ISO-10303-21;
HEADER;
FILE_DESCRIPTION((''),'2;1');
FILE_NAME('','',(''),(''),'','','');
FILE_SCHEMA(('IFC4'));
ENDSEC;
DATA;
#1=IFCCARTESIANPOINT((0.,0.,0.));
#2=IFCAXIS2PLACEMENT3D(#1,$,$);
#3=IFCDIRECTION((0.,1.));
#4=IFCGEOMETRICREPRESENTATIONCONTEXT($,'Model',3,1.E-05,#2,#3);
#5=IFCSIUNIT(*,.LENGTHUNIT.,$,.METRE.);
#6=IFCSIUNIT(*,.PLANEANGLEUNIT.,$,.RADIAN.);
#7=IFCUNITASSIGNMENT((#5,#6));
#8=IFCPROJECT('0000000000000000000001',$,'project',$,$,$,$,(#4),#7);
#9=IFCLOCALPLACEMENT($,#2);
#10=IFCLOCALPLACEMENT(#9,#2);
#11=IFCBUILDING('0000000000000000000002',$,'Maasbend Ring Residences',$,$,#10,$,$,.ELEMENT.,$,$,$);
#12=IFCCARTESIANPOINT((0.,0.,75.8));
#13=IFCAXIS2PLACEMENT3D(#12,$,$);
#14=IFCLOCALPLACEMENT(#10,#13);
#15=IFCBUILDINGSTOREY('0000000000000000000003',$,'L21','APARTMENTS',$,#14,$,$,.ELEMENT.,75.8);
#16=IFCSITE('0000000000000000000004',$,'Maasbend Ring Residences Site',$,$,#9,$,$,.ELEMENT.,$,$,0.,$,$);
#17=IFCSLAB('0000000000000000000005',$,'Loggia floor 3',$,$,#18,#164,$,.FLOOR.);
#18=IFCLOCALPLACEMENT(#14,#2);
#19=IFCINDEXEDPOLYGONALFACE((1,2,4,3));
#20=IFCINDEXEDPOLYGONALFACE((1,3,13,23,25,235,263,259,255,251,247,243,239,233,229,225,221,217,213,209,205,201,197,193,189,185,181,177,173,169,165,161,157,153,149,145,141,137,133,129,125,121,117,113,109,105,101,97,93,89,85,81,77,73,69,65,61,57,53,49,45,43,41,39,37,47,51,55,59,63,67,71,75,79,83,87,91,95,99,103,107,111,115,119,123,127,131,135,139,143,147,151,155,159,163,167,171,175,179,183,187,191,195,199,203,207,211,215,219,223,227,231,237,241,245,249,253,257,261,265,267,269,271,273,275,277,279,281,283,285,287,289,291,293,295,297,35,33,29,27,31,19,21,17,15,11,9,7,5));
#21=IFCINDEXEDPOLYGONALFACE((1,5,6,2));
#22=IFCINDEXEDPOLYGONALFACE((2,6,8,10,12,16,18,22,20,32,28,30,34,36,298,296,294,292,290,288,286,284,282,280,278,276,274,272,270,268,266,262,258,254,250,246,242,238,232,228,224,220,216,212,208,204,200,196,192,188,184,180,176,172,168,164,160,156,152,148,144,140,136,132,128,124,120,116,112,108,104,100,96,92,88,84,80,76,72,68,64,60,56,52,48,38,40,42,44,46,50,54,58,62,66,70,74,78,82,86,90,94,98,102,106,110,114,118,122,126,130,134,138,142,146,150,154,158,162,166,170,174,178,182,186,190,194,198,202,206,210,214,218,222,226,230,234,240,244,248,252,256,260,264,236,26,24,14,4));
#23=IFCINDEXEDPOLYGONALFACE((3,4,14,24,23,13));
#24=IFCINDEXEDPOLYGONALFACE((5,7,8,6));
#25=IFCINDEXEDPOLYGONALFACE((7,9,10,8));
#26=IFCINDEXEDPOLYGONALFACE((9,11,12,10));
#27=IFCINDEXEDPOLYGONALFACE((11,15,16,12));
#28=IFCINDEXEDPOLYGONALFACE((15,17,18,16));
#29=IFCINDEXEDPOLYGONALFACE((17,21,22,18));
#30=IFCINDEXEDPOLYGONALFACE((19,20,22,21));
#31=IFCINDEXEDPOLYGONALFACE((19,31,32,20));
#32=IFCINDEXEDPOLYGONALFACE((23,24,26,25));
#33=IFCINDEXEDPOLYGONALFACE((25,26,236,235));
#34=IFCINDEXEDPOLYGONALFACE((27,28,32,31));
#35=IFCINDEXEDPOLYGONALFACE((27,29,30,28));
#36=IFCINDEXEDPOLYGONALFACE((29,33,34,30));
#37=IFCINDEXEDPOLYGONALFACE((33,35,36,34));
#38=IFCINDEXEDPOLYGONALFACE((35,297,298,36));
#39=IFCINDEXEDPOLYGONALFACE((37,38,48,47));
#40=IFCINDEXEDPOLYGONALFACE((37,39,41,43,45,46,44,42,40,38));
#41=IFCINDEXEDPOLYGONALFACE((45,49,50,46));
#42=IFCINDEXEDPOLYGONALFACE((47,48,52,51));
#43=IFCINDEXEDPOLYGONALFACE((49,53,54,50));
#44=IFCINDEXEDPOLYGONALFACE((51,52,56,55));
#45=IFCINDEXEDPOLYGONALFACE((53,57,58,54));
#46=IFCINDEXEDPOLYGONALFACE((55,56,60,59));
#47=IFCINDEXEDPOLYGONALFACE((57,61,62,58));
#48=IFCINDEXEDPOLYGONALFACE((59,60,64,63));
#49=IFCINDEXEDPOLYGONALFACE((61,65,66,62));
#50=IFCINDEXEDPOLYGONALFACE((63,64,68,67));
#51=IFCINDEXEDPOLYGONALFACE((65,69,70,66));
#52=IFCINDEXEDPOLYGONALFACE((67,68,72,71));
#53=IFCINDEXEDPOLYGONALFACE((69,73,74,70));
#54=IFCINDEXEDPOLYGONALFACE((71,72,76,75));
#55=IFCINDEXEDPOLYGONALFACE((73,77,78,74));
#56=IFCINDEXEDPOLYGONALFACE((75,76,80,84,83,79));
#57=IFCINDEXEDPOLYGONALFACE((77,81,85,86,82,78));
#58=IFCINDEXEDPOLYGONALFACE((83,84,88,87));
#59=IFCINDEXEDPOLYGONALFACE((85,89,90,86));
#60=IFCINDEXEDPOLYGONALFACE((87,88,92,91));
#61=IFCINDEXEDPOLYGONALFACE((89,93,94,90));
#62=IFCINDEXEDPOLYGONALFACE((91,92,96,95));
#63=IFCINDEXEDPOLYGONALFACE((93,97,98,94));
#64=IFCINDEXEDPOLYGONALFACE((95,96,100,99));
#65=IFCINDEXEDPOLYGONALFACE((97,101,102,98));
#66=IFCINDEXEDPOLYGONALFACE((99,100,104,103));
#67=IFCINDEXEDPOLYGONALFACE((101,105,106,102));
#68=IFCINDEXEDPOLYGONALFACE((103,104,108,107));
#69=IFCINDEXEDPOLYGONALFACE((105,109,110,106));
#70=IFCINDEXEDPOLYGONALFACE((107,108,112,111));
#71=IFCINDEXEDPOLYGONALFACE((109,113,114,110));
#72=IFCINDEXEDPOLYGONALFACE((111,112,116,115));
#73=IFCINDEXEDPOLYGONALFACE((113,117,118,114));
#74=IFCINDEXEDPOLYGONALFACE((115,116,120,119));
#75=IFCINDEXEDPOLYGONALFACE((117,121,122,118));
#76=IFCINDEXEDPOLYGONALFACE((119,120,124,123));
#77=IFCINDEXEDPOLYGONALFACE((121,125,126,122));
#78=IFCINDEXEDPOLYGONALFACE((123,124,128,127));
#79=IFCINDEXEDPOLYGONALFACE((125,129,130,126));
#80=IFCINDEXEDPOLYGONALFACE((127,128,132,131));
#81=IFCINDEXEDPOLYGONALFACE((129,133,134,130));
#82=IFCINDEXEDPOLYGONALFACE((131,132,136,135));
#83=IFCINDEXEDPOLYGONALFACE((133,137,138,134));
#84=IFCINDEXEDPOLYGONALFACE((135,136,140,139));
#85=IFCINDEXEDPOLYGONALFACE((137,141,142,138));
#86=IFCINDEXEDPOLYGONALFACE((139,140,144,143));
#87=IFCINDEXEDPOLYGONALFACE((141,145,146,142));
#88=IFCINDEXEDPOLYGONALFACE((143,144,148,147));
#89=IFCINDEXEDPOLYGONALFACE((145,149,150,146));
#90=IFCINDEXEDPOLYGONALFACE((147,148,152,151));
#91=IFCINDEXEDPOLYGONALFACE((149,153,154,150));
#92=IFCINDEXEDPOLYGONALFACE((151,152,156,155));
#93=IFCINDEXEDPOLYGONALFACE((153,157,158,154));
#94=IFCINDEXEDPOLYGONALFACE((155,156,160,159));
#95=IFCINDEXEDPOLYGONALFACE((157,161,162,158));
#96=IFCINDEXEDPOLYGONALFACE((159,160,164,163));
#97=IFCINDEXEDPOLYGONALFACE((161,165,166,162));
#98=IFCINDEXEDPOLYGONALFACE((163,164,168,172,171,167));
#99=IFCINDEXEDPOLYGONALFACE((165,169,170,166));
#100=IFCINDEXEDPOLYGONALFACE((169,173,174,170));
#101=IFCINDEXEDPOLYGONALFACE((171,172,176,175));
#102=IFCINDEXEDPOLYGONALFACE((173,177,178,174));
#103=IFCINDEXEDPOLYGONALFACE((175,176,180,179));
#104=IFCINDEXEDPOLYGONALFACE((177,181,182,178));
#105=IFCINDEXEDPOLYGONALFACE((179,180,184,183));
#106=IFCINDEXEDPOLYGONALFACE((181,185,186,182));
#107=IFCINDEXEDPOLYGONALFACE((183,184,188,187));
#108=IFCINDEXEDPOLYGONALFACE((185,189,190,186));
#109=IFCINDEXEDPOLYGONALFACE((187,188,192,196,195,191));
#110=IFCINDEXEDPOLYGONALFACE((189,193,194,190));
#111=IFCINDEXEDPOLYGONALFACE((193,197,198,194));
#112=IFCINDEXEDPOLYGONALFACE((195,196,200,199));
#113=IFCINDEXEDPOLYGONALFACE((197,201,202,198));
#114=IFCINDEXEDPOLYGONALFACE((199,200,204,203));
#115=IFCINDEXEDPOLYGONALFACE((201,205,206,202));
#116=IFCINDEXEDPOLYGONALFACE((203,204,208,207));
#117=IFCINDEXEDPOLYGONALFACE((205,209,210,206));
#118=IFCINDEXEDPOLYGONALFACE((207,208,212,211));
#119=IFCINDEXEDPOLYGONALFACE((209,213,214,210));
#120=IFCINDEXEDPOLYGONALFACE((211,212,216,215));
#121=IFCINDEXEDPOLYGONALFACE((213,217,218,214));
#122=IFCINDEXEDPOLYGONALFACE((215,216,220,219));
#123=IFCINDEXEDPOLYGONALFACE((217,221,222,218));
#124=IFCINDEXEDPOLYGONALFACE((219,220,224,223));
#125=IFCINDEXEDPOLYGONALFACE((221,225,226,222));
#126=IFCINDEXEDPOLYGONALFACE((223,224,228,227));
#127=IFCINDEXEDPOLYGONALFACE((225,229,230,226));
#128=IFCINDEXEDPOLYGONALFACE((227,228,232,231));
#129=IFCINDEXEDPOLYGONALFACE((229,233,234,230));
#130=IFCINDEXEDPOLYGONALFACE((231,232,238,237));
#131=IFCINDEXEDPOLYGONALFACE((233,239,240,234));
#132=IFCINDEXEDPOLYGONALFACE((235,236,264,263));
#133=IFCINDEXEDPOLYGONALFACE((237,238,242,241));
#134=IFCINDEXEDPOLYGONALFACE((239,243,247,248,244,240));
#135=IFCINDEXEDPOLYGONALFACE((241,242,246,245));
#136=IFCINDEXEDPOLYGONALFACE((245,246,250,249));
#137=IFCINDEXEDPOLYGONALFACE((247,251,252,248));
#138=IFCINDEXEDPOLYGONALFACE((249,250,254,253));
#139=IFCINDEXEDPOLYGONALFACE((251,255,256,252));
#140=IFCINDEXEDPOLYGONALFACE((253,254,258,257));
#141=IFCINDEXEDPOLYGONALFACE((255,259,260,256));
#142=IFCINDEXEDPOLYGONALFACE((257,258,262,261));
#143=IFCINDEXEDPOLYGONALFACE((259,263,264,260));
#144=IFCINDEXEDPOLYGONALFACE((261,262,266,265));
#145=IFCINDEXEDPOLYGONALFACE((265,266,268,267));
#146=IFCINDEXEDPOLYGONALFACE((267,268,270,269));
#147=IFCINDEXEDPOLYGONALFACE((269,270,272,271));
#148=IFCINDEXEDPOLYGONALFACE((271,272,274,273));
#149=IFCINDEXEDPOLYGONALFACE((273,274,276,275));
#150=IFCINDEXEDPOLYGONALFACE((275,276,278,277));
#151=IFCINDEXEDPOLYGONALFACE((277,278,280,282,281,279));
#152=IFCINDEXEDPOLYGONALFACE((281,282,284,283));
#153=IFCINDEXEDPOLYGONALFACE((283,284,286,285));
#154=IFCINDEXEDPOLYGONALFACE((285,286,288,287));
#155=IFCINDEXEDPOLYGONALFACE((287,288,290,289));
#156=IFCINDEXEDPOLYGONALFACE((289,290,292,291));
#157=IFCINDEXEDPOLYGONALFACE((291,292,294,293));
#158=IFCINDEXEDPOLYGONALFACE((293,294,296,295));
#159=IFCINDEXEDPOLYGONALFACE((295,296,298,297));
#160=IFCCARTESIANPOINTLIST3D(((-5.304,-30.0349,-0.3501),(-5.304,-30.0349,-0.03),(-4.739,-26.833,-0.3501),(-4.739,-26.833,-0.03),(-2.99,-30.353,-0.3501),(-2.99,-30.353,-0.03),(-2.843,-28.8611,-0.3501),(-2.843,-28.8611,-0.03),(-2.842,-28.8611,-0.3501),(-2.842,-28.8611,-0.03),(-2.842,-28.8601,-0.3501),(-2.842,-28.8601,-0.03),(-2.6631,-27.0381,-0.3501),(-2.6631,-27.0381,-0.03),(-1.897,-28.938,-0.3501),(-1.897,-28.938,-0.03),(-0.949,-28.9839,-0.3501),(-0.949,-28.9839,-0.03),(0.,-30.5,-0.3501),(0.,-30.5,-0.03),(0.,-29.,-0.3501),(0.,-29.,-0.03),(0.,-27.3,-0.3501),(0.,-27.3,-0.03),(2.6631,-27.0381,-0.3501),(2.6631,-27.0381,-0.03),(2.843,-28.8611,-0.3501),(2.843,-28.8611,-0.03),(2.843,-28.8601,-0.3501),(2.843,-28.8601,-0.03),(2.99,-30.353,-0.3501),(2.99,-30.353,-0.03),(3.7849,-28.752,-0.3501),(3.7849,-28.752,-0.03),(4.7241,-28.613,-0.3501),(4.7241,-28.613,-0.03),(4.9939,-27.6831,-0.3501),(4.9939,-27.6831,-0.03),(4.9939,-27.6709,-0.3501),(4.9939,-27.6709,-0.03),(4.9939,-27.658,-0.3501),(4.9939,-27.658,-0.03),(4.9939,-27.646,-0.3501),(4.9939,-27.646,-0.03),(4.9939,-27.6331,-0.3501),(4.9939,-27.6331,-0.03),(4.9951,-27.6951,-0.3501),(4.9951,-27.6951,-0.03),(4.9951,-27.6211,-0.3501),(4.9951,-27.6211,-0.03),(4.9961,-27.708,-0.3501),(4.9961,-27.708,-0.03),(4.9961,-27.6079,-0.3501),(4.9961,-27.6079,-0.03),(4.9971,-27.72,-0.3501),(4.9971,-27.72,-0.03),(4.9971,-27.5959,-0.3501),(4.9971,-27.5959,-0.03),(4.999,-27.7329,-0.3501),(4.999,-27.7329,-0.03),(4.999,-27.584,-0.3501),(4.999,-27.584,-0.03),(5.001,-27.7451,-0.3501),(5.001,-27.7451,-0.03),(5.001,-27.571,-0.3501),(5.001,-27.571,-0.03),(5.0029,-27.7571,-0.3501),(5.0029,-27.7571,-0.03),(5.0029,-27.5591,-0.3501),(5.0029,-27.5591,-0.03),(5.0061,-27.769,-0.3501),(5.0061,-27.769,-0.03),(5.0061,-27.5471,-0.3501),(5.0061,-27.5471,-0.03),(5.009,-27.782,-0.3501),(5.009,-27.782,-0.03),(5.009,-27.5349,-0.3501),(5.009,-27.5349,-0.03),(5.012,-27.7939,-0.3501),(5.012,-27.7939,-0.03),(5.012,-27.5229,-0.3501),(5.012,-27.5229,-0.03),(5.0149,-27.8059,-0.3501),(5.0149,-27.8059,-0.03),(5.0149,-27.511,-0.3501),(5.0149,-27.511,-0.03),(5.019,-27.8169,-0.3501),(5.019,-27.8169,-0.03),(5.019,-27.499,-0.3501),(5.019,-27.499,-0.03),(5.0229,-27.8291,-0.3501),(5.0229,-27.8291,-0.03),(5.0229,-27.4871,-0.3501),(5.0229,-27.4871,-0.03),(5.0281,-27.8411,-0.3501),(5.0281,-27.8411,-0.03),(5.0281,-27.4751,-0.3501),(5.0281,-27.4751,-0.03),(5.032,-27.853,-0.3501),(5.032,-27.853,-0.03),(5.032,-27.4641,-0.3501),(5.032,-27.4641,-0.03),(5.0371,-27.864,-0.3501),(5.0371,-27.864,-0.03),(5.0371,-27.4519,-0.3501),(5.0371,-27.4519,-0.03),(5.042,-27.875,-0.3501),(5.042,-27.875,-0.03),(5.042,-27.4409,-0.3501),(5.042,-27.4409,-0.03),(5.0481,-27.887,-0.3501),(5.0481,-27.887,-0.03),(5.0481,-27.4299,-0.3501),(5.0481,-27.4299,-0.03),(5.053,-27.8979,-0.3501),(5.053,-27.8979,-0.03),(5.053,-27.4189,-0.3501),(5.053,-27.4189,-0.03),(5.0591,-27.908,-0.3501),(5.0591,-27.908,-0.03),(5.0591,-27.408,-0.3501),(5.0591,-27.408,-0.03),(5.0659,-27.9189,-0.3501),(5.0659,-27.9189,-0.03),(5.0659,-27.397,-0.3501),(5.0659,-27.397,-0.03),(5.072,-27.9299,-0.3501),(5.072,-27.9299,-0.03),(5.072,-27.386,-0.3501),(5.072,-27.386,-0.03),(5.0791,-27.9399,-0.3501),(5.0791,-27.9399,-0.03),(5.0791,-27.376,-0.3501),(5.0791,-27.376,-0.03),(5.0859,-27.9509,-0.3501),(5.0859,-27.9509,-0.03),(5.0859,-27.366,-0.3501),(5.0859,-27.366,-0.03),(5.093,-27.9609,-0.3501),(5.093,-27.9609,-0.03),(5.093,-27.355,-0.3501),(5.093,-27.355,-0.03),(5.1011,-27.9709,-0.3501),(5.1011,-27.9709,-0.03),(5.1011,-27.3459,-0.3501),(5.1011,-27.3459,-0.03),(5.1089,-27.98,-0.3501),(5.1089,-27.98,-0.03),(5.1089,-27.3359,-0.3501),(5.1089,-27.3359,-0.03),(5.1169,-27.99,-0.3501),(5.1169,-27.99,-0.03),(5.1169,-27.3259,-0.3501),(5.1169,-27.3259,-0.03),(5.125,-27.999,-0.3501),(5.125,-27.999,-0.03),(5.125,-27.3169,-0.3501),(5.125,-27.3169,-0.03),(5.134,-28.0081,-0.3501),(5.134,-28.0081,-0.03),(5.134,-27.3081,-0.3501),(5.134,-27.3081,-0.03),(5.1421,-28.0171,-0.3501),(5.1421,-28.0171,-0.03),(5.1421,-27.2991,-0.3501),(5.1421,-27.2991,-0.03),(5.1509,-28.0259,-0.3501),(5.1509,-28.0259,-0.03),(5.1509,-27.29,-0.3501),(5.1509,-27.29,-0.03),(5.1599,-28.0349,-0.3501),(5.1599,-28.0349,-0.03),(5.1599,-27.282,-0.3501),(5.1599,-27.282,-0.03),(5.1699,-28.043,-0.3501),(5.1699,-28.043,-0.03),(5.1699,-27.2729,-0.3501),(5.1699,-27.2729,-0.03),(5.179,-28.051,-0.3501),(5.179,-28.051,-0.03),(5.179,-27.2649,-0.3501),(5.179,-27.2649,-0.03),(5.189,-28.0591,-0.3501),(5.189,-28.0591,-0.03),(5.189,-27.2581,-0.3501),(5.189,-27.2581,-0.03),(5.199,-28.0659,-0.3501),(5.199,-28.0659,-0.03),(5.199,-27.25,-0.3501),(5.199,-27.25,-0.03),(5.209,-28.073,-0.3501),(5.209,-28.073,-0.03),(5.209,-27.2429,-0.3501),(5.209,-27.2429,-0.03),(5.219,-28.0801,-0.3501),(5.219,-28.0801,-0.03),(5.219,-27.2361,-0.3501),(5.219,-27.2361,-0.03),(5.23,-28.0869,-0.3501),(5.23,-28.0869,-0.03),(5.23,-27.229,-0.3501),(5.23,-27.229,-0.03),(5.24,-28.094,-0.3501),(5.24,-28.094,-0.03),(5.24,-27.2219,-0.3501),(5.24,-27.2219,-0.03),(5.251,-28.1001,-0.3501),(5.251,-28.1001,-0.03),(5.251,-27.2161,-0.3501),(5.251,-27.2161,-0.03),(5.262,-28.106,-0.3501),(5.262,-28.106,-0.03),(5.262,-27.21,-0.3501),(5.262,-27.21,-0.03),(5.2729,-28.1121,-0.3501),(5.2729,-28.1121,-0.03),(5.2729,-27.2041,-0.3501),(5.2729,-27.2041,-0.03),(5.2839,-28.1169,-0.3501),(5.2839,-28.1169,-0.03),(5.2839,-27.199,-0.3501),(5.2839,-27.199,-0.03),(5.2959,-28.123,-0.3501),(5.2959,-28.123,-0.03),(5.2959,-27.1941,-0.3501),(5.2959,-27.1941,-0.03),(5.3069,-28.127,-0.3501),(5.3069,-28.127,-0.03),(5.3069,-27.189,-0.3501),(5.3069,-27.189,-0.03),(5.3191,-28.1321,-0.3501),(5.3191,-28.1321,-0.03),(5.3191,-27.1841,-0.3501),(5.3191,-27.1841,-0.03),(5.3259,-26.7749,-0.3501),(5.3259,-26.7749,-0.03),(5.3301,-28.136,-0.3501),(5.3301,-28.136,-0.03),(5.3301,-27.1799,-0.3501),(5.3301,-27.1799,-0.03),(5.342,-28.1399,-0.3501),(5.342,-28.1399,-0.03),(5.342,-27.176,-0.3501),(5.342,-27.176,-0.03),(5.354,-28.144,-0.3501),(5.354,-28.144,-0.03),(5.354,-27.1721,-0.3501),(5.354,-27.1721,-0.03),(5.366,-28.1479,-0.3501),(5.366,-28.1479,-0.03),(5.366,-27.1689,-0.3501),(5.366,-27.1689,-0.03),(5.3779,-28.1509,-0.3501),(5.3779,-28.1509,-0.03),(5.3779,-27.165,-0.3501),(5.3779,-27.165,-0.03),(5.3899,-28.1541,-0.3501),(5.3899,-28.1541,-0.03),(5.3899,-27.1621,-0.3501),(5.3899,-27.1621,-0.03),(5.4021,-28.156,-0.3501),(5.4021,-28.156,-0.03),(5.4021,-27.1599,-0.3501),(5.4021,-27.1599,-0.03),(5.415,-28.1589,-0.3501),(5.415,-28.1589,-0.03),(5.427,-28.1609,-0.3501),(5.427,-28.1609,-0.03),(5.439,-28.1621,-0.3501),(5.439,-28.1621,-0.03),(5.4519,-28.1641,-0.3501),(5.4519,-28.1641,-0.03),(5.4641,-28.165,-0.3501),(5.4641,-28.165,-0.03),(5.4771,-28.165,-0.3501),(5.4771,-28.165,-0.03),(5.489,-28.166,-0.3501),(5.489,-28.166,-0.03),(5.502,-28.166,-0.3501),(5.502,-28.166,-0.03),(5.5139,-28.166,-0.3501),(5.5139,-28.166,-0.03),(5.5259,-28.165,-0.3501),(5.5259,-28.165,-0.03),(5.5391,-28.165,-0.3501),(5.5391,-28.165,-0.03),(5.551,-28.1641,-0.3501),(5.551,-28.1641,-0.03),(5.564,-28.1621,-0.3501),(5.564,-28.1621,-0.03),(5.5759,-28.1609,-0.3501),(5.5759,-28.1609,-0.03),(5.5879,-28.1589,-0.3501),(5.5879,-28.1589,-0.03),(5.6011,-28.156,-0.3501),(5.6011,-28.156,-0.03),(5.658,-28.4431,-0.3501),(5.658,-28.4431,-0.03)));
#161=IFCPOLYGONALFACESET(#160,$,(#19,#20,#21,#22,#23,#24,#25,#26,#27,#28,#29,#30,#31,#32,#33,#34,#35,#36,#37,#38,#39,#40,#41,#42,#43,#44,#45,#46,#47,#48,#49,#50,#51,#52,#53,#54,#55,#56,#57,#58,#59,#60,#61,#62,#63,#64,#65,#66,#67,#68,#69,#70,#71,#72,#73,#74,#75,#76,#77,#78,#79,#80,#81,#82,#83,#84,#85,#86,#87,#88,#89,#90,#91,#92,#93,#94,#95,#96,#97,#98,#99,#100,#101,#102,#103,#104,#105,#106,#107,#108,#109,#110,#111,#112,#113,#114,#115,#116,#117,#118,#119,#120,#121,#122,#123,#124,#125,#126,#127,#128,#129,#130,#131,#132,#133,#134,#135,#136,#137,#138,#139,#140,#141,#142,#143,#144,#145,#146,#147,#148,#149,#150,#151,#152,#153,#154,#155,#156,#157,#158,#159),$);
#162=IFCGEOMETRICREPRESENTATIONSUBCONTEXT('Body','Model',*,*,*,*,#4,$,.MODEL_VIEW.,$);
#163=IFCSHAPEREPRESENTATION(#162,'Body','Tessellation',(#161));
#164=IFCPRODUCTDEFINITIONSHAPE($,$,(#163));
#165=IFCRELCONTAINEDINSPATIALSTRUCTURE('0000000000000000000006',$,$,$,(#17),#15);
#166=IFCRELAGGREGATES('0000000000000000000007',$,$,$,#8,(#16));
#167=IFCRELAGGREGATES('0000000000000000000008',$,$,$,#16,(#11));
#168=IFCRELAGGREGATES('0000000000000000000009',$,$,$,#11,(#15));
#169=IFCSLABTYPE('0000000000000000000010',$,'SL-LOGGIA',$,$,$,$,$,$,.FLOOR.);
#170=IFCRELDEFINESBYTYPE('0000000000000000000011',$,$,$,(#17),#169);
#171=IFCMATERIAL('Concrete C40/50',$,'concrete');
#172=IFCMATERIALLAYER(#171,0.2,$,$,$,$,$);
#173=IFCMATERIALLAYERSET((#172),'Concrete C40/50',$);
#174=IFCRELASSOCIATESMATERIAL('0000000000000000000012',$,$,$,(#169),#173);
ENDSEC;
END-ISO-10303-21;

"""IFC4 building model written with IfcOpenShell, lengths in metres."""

from ifc_helpers import new_model, si_unit, direction, frame, origin, place, context, subcontext, project, spatial, polyline, outline, extrude, material, layer, layer_set, type_object, element, save


model = new_model("IFC4")

# Units and contexts
model_context = context("Model", 3, precision=1e-05, world=origin(), true_north=direction((0.0, 1.0)))
body_context = subcontext(model_context, "Body", "Model", "MODEL_VIEW")
ifc_project = project(units=[si_unit("LENGTHUNIT", "METRE"), si_unit("PLANEANGLEUNIT", "RADIAN")], contexts=[model_context])

# Site, building, storey
site_placement = place(None, origin())
site = spatial("IfcSite", under=ifc_project, at=site_placement, Name="Maasbend Ring Residences Site", CompositionType="ELEMENT", RefElevation=0.0)
building_placement = place(site_placement, origin())
building = spatial("IfcBuilding", under=site, at=building_placement, Name="Maasbend Ring Residences", CompositionType="ELEMENT")
storey_placement = place(building_placement, frame((0.0, 0.0, 75.8)))
storey = spatial("IfcBuildingStorey", under=building, at=storey_placement, Name="L21", Description="APARTMENTS", CompositionType="ELEMENT", Elevation=75.8)

# Slab
ifc_material_1 = material(Name="Concrete C40/50", Category="concrete")
ifc_layer_1 = layer(ifc_material_1, 0.2)
ifc_layer_set_1 = layer_set([ifc_layer_1], Name="Concrete C40/50")
slab_type = type_object("IfcSlabType", Name="SL-LOGGIA", PredefinedType="FLOOR", material=ifc_layer_set_1)
slab_1_placement = place(storey_placement, frame((0.0, 0.0, -0.3501)))
element("IfcSlab", 1, at=slab_1_placement, inside=storey, type_object=slab_type, Name="Loggia floor 3", PredefinedType="FLOOR", context=body_context, shape_type="SweptSolid", body=[
    extrude(outline(polyline([(-2.6631, -27.0381), (0.0, -27.3), (0.0, -27.3), (0.0, -27.3), (2.6631, -27.0381), (5.3259, -26.7749), (5.3259, -26.7749), (5.3259, -26.7749), (5.4021, -27.1599), (5.4021, -27.1599), (5.3899, -27.1621), (5.3779, -27.165), (5.366, -27.1689), (5.354, -27.1721), (5.342, -27.176), (5.3301, -27.1799), (5.3191, -27.1841), (5.3069, -27.189), (5.2959, -27.1941), (5.2839, -27.199), (5.2729, -27.2041), (5.262, -27.21), (5.251, -27.2161), (5.24, -27.2219), (5.23, -27.229), (5.219, -27.2361), (5.209, -27.2429), (5.199, -27.25), (5.189, -27.2581), (5.179, -27.2649), (5.1699, -27.2729), (5.1599, -27.282), (5.1509, -27.29), (5.1421, -27.2991), (5.134, -27.3081), (5.125, -27.3169), (5.1169, -27.3259), (5.1089, -27.3359), (5.1011, -27.3459), (5.093, -27.355), (5.0859, -27.366), (5.0791, -27.376), (5.072, -27.386), (5.0659, -27.397), (5.0591, -27.408), (5.053, -27.4189), (5.0481, -27.4299), (5.042, -27.4409), (5.0371, -27.4519), (5.032, -27.4641), (5.0281, -27.4751), (5.0229, -27.4871), (5.019, -27.499), (5.0149, -27.511), (5.012, -27.5229), (5.009, -27.5349), (5.0061, -27.5471), (5.0029, -27.5591), (5.001, -27.571), (4.999, -27.584), (4.9971, -27.5959), (4.9961, -27.6079), (4.9951, -27.6211), (4.9939, -27.6331), (4.9939, -27.646), (4.9939, -27.658), (4.9939, -27.6709), (4.9939, -27.6831), (4.9951, -27.6951), (4.9961, -27.708), (4.9971, -27.72), (4.999, -27.7329), (5.001, -27.7451), (5.0029, -27.7571), (5.0061, -27.769), (5.009, -27.782), (5.012, -27.7939), (5.0149, -27.8059), (5.019, -27.8169), (5.0229, -27.8291), (5.0281, -27.8411), (5.032, -27.853), (5.0371, -27.864), (5.042, -27.875), (5.0481, -27.887), (5.053, -27.8979), (5.0591, -27.908), (5.0659, -27.9189), (5.072, -27.9299), (5.0791, -27.9399), (5.0859, -27.9509), (5.093, -27.9609), (5.1011, -27.9709), (5.1089, -27.98), (5.1169, -27.99), (5.125, -27.999), (5.134, -28.0081), (5.1421, -28.0171), (5.1509, -28.0259), (5.1599, -28.0349), (5.1699, -28.043), (5.179, -28.051), (5.189, -28.0591), (5.199, -28.0659), (5.209, -28.073), (5.219, -28.0801), (5.23, -28.0869), (5.24, -28.094), (5.251, -28.1001), (5.262, -28.106), (5.2729, -28.1121), (5.2839, -28.1169), (5.2959, -28.123), (5.3069, -28.127), (5.3191, -28.1321), (5.3301, -28.136), (5.342, -28.1399), (5.354, -28.144), (5.366, -28.1479), (5.3779, -28.1509), (5.3899, -28.1541), (5.4021, -28.156), (5.415, -28.1589), (5.427, -28.1609), (5.439, -28.1621), (5.4519, -28.1641), (5.4641, -28.165), (5.4771, -28.165), (5.489, -28.166), (5.502, -28.166), (5.5139, -28.166), (5.5259, -28.165), (5.5391, -28.165), (5.551, -28.1641), (5.564, -28.1621), (5.5759, -28.1609), (5.5879, -28.1589), (5.6011, -28.156), (5.6011, -28.156), (5.658, -28.4431), (5.658, -28.4431), (5.658, -28.4431), (4.7241, -28.613), (4.7241, -28.613), (3.7849, -28.752), (3.7849, -28.752), (2.843, -28.8601), (2.843, -28.8601), (2.843, -28.8601), (2.843, -28.8601), (2.843, -28.8601), (2.843, -28.8601), (2.843, -28.8601), (2.843, -28.8601), (2.843, -28.8601), (2.843, -28.8611), (2.843, -28.8611), (2.843, -28.8611), (2.843, -28.8611), (2.843, -28.8611), (2.843, -28.8611), (2.843, -28.8611), (2.843, -28.8611), (2.99, -30.353), (2.99, -30.353), (2.99, -30.353), (0.0, -30.5), (0.0, -30.5), (0.0, -30.5), (0.0, -29.0), (0.0, -29.0), (0.0, -29.0), (0.0, -29.0), (0.0, -29.0), (0.0, -29.0), (0.0, -29.0), (0.0, -29.0), (0.0, -29.0), (0.0, -29.0), (0.0, -29.0), (0.0, -29.0), (0.0, -29.0), (0.0, -29.0), (0.0, -29.0), (0.0, -29.0), (0.0, -29.0), (-0.949, -28.9839), (-0.949, -28.9839), (-1.897, -28.938), (-1.897, -28.938), (-2.842, -28.8601), (-2.842, -28.8601), (-2.842, -28.8601), (-2.842, -28.8601), (-2.842, -28.8601), (-2.842, -28.8601), (-2.842, -28.8601), (-2.842, -28.8601), (-2.842, -28.8611), (-2.842, -28.8611), (-2.842, -28.8611), (-2.842, -28.8611), (-2.842, -28.8611), (-2.843, -28.8611), (-2.843, -28.8611), (-2.843, -28.8611), (-2.843, -28.8611), (-2.99, -30.353), (-2.99, -30.353), (-2.99, -30.353), (-5.304, -30.0349), (-5.304, -30.0349), (-5.304, -30.0349), (-4.739, -26.833), (-4.739, -26.833), (-4.739, -26.833), (-2.6631, -27.0381)])), origin(), (0.0, 0.0, 1.0), 0.3201),
])

save(model, "model.ifc")
